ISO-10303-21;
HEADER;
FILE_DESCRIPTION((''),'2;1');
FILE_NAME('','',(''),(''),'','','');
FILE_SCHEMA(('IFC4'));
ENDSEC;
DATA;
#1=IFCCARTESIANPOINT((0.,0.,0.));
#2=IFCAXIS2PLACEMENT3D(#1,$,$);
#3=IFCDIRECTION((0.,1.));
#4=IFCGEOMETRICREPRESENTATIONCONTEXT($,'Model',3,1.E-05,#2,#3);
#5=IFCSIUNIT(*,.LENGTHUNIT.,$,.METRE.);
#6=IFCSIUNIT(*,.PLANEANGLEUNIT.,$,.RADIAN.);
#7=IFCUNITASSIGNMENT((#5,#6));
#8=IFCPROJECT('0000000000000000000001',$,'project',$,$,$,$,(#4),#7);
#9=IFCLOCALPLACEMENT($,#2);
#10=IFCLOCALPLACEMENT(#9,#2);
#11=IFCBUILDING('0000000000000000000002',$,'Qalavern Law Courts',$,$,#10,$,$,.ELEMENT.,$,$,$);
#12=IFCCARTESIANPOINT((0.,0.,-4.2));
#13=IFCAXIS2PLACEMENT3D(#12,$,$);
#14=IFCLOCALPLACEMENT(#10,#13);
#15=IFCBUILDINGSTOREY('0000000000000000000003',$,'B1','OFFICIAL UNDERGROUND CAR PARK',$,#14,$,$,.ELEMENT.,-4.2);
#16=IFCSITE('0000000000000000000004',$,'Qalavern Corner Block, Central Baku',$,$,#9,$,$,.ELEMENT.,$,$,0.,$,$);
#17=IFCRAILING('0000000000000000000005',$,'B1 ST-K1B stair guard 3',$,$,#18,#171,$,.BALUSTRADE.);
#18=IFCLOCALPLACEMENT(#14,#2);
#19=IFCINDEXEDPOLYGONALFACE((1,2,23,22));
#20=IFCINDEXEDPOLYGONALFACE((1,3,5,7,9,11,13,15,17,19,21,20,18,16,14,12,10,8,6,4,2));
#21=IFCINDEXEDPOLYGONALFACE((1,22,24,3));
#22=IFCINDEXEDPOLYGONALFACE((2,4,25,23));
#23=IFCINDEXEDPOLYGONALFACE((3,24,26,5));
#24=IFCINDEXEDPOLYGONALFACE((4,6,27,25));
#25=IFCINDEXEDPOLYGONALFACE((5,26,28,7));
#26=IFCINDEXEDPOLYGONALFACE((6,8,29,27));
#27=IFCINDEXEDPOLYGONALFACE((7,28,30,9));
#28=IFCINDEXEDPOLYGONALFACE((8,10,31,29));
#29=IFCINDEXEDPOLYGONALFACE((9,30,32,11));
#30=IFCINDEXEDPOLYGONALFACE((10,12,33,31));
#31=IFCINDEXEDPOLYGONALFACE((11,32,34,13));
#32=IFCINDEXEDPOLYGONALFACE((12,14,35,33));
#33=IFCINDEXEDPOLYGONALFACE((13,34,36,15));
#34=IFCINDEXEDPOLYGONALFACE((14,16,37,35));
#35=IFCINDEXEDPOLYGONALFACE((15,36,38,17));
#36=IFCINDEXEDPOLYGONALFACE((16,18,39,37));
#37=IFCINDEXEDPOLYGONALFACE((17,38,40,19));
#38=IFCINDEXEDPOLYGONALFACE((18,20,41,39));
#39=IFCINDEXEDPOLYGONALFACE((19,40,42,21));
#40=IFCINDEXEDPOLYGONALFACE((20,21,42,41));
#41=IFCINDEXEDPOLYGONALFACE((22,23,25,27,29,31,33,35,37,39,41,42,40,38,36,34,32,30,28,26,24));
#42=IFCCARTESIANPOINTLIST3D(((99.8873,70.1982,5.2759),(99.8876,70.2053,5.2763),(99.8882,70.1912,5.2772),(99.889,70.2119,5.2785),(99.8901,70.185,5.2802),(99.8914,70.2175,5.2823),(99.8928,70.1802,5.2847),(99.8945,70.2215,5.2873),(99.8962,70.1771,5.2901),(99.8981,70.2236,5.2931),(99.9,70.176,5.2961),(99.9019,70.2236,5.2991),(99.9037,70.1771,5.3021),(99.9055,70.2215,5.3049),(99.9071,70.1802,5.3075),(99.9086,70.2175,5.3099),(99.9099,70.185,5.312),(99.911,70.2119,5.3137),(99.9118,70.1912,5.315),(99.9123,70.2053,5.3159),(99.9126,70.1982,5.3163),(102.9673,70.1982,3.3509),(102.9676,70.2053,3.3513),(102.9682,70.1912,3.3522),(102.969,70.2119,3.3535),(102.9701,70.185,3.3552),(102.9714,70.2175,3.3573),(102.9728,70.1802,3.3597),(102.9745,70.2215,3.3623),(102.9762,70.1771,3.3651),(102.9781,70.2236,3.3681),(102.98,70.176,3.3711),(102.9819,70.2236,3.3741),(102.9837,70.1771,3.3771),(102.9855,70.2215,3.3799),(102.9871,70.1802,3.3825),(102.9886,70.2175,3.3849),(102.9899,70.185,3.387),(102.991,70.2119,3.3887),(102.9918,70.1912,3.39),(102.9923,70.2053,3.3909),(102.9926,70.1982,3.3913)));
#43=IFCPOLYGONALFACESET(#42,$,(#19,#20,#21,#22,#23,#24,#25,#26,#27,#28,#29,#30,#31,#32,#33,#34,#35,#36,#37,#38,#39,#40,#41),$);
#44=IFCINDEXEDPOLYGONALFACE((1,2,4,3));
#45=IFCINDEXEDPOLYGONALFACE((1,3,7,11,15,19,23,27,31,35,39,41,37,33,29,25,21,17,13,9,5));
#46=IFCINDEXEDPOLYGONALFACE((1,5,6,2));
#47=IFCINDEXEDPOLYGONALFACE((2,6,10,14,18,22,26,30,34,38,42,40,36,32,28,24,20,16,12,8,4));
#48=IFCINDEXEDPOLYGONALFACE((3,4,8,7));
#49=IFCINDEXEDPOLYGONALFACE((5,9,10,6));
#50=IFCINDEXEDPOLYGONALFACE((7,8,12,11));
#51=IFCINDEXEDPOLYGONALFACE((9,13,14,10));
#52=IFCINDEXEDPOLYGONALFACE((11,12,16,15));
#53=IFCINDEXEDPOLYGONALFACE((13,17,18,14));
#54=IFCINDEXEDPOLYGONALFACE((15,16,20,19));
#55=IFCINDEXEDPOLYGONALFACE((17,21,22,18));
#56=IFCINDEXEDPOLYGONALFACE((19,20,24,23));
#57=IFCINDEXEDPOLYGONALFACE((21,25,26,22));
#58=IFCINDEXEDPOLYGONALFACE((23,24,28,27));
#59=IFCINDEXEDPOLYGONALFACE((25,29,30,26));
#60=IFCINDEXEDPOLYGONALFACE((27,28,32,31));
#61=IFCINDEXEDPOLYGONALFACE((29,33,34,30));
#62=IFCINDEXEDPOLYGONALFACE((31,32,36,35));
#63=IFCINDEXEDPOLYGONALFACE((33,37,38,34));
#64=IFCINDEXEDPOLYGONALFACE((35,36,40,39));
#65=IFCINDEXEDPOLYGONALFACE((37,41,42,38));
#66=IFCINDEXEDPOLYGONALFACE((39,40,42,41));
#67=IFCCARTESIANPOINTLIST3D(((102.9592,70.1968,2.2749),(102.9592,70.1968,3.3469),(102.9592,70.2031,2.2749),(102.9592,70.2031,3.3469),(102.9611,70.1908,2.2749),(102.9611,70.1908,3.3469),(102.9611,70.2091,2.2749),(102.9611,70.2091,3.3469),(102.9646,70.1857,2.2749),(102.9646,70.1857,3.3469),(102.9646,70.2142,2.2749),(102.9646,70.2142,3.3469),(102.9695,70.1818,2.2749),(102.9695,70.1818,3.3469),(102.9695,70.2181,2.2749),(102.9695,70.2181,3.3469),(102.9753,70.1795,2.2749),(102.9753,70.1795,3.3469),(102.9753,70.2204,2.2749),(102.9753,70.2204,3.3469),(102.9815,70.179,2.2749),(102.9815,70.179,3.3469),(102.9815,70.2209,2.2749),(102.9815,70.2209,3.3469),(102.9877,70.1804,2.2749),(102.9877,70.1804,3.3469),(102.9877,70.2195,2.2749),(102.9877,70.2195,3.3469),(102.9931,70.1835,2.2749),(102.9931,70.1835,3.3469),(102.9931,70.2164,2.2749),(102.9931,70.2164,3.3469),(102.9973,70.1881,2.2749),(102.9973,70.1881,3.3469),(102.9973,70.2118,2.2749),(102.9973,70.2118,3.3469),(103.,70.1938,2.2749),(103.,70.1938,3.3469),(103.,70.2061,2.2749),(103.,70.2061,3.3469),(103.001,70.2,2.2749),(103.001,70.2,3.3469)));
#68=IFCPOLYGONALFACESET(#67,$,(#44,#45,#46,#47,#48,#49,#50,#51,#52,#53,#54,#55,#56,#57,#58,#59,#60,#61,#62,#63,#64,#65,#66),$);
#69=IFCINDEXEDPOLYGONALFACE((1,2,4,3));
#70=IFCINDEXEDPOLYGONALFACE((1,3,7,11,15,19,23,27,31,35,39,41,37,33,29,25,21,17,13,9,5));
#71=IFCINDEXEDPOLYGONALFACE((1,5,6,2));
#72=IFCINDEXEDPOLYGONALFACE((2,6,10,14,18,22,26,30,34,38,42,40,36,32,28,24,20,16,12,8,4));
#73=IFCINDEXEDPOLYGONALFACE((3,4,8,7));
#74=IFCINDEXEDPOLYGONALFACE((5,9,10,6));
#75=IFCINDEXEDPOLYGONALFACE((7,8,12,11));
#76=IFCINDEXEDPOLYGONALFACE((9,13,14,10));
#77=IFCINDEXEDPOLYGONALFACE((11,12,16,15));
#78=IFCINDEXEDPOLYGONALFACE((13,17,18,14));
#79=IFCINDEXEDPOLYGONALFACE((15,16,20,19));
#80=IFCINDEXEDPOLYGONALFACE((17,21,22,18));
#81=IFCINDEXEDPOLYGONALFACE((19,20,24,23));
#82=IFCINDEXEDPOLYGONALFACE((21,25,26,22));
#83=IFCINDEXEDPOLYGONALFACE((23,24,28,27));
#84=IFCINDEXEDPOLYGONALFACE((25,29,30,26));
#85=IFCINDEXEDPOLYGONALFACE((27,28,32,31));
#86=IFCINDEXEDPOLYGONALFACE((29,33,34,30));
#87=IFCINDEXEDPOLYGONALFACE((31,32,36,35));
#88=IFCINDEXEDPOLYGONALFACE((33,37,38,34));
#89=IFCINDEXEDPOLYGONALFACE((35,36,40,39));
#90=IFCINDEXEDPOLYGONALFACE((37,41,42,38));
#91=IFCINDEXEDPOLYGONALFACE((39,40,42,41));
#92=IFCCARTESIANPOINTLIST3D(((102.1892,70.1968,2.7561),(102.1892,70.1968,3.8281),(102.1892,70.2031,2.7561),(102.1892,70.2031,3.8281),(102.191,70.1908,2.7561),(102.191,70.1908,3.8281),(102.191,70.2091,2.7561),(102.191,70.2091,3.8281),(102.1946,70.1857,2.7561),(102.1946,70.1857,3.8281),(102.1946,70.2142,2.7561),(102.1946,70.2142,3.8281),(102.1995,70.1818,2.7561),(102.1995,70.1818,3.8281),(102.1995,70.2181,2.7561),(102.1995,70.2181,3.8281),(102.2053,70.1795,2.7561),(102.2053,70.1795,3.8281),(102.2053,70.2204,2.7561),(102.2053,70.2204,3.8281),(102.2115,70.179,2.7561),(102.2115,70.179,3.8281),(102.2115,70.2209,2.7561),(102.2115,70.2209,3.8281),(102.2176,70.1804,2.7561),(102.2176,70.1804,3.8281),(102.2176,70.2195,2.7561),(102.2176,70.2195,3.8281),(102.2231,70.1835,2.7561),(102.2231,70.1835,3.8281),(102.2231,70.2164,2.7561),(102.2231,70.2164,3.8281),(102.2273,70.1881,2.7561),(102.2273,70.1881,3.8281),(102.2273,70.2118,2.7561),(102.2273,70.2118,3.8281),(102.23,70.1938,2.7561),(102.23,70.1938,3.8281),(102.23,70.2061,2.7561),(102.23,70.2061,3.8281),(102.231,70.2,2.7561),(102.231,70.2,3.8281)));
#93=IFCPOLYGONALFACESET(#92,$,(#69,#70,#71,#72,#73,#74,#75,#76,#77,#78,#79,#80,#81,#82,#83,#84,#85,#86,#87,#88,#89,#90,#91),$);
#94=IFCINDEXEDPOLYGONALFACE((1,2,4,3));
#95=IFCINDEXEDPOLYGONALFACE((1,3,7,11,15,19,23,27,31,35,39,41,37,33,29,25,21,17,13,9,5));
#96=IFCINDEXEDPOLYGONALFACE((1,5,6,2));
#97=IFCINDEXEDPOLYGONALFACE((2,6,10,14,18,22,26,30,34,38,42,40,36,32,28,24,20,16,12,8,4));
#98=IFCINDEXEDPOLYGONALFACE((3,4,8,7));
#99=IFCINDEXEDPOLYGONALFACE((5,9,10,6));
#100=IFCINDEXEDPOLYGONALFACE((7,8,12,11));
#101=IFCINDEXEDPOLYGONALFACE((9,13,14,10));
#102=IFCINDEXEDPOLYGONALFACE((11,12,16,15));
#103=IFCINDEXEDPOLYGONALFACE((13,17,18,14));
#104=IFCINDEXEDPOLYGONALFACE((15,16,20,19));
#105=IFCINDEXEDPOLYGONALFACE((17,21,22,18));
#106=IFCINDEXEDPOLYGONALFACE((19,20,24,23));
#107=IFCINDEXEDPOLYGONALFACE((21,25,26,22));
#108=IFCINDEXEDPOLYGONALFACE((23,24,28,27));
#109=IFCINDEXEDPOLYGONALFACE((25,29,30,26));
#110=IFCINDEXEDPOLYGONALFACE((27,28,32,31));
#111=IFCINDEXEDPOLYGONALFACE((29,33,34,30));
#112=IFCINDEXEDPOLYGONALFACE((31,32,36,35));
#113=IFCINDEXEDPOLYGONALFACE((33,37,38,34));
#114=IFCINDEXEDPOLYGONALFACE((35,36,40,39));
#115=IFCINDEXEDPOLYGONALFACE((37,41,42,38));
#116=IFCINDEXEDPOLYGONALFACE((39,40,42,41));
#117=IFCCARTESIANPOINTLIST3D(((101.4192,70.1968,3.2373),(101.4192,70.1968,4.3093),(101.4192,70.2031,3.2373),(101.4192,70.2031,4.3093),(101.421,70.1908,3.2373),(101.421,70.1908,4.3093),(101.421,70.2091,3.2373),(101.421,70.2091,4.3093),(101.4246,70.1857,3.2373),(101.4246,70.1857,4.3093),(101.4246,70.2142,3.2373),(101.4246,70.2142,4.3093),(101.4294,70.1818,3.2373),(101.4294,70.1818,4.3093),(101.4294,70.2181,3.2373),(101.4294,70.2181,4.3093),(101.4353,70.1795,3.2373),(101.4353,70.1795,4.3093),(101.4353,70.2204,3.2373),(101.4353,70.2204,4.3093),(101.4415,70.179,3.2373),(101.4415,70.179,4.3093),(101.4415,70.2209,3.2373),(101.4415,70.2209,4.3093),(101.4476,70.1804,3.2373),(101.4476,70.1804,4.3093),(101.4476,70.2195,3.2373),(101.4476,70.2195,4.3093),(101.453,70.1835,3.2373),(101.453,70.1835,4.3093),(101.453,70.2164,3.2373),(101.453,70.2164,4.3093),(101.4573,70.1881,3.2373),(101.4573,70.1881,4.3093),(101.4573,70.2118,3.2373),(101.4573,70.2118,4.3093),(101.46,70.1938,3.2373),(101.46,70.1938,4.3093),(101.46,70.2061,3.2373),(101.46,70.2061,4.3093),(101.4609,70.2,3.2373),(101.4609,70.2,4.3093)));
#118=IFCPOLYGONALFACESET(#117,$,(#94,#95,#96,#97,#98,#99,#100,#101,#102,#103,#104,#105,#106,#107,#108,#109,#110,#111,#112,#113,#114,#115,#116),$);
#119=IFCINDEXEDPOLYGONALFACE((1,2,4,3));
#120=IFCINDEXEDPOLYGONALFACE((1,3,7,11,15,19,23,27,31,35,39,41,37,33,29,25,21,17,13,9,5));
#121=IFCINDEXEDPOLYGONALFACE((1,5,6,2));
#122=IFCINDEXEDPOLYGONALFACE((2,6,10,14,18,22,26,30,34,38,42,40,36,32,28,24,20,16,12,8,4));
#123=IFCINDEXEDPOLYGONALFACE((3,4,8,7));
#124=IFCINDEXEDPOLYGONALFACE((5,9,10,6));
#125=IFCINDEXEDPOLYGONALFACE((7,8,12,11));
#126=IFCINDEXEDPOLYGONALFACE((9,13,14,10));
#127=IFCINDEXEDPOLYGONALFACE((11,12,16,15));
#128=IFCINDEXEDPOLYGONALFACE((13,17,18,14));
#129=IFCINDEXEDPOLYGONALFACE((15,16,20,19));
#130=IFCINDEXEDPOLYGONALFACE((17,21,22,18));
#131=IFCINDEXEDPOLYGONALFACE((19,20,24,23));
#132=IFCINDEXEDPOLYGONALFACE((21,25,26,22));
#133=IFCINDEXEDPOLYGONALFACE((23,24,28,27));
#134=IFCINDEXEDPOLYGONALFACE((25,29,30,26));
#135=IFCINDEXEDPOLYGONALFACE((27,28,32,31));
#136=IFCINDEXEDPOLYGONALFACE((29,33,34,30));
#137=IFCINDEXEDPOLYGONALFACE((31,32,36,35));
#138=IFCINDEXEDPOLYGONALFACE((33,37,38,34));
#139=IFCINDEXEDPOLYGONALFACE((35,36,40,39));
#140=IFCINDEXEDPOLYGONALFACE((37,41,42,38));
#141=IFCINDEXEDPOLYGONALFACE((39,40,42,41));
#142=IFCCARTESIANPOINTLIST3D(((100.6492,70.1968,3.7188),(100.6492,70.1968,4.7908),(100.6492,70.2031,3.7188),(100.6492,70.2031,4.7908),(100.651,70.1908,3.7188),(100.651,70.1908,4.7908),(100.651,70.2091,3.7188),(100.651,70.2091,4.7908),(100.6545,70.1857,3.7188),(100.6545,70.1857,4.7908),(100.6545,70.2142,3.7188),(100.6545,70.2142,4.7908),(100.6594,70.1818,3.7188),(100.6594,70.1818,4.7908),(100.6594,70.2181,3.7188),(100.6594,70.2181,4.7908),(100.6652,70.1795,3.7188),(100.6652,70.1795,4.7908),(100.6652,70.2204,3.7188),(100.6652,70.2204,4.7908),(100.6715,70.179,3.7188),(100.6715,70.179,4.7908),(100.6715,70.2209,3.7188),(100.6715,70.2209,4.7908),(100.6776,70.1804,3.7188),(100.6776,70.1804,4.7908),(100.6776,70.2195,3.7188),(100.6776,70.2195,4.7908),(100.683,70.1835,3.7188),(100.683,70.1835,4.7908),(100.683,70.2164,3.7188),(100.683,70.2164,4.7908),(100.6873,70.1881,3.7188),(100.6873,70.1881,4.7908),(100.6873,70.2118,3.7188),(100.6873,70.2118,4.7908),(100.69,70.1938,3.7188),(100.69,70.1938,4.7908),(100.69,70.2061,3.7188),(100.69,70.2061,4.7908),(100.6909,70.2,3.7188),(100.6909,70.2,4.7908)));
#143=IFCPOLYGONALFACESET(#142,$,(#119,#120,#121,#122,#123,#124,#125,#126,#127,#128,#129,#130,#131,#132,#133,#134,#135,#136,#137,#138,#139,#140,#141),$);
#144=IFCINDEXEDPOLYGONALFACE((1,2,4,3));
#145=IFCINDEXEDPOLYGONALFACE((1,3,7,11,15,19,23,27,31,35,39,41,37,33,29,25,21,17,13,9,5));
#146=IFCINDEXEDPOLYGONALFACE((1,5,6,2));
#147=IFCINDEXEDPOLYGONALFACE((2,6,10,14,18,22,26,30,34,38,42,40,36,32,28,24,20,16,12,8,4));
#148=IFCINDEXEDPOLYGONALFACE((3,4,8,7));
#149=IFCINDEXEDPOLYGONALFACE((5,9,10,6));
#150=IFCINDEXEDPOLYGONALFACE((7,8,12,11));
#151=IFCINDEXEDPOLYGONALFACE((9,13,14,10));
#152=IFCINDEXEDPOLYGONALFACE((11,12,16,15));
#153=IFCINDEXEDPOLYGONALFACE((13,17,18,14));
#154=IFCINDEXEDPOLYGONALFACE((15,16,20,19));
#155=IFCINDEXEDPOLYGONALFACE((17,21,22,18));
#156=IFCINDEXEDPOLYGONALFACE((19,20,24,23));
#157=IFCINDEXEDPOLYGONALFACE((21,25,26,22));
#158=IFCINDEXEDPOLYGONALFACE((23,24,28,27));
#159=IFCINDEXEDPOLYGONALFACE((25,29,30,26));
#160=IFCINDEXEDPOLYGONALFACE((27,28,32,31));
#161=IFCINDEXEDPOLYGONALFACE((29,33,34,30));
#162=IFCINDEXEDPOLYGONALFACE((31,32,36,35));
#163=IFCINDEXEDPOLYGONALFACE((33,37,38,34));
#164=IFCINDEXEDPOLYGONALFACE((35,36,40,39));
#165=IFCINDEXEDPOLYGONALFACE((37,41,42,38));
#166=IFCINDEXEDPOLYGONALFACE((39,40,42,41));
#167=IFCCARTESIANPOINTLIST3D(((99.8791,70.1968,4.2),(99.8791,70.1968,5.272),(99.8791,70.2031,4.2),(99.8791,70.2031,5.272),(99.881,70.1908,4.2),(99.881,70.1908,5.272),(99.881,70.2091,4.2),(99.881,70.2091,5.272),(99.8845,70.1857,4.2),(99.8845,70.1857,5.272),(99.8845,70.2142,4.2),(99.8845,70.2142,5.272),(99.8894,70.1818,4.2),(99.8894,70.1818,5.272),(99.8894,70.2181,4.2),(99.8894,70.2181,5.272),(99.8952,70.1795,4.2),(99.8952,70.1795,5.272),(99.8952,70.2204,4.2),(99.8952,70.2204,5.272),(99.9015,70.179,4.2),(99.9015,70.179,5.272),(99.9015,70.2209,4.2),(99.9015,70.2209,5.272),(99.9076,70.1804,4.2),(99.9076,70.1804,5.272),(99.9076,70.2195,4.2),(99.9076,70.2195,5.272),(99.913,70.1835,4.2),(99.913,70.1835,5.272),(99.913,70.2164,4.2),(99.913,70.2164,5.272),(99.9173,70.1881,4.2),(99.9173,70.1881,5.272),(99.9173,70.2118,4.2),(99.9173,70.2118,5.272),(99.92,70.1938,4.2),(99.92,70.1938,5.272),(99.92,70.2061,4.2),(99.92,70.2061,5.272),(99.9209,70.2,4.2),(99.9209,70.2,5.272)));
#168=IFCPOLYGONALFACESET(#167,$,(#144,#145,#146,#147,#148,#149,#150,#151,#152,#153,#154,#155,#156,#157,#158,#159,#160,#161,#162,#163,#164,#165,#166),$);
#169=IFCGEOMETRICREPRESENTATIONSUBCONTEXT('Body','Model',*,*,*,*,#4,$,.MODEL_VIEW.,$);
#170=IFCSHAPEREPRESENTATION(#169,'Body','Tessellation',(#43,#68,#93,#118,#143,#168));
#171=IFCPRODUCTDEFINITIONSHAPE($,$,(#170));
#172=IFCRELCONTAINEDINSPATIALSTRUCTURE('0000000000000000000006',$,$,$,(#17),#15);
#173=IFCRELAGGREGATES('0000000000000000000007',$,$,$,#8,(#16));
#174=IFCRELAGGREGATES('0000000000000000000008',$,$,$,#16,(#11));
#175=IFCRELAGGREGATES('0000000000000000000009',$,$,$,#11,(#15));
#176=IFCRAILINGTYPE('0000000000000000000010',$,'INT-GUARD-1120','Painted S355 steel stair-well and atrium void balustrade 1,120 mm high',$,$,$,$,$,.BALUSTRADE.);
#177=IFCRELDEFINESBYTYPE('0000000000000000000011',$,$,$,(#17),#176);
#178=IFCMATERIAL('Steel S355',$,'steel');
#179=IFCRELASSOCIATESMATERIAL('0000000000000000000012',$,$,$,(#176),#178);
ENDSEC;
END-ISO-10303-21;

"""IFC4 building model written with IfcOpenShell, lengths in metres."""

from ifc_helpers import new_model, si_unit, direction, frame, origin, origin_2d, place, context, subcontext, project, spatial, circle, extrude, material, type_object, element, save


model = new_model("IFC4")

# Units and contexts
model_context = context("Model", 3, precision=1e-05, world=origin(), true_north=direction((0.0, 1.0)))
body_context = subcontext(model_context, "Body", "Model", "MODEL_VIEW")
ifc_project = project(units=[si_unit("LENGTHUNIT", "METRE"), si_unit("PLANEANGLEUNIT", "RADIAN")], contexts=[model_context])

# Site, building, storey
site_placement = place(None, origin())
site = spatial("IfcSite", under=ifc_project, at=site_placement, Name="Qalavern Corner Block, Central Baku", CompositionType="ELEMENT", RefElevation=0.0)
building_placement = place(site_placement, origin())
building = spatial("IfcBuilding", under=site, at=building_placement, Name="Qalavern Law Courts", CompositionType="ELEMENT")
storey_placement = place(building_placement, frame((0.0, 0.0, -4.2)))
storey = spatial("IfcBuildingStorey", under=building, at=storey_placement, Name="B1", Description="OFFICIAL UNDERGROUND CAR PARK", CompositionType="ELEMENT", Elevation=-4.2)

# Shared definitions
ifc_material_1 = material(Name="Steel S355", Category="steel")

# Railing
railing_type_1 = type_object("IfcRailingType", Name="INT-GUARD-1120", Description="Painted S355 steel stair-well and atrium void balustrade 1,120 mm high", PredefinedType="BALUSTRADE", material=ifc_material_1)
railing_1_placement = place(storey_placement, frame((102.98, 70.2, 2.2749)))
element("IfcRailing", 1, at=railing_1_placement, inside=storey, type_object=railing_type_1, Name="B1 ST-K1B stair guard 3", PredefinedType="BALUSTRADE", context=body_context, shape_type="SweptSolid", body=[
    extrude(circle(Radius=0.0239, at=origin_2d()), frame((0.0, 0.0, 1.0962), z_axis=(-0.847998, 0.0, 0.529999), x_axis=(0.0, -1.0, 0.0)), (0.0, 0.0, 1.0), 3.6321),
    extrude(circle(Radius=0.021, at=origin_2d()), origin(), (0.0, 0.0, 1.0), 1.072),
    extrude(circle(Radius=0.021, at=origin_2d()), frame((-0.77, 0.0, 0.4812)), (0.0, 0.0, 1.0), 1.072),
    extrude(circle(Radius=0.021, at=origin_2d()), frame((-1.54, 0.0, 0.9624)), (0.0, 0.0, 1.0), 1.072),
    extrude(circle(Radius=0.021, at=origin_2d()), frame((-2.3101, 0.0, 1.4438)), (0.0, 0.0, 1.0), 1.072),
    extrude(circle(Radius=0.021, at=origin_2d()), frame((-3.0801, 0.0, 1.925)), (0.0, 0.0, 1.0), 1.072),
])

save(model, "model.ifc")
